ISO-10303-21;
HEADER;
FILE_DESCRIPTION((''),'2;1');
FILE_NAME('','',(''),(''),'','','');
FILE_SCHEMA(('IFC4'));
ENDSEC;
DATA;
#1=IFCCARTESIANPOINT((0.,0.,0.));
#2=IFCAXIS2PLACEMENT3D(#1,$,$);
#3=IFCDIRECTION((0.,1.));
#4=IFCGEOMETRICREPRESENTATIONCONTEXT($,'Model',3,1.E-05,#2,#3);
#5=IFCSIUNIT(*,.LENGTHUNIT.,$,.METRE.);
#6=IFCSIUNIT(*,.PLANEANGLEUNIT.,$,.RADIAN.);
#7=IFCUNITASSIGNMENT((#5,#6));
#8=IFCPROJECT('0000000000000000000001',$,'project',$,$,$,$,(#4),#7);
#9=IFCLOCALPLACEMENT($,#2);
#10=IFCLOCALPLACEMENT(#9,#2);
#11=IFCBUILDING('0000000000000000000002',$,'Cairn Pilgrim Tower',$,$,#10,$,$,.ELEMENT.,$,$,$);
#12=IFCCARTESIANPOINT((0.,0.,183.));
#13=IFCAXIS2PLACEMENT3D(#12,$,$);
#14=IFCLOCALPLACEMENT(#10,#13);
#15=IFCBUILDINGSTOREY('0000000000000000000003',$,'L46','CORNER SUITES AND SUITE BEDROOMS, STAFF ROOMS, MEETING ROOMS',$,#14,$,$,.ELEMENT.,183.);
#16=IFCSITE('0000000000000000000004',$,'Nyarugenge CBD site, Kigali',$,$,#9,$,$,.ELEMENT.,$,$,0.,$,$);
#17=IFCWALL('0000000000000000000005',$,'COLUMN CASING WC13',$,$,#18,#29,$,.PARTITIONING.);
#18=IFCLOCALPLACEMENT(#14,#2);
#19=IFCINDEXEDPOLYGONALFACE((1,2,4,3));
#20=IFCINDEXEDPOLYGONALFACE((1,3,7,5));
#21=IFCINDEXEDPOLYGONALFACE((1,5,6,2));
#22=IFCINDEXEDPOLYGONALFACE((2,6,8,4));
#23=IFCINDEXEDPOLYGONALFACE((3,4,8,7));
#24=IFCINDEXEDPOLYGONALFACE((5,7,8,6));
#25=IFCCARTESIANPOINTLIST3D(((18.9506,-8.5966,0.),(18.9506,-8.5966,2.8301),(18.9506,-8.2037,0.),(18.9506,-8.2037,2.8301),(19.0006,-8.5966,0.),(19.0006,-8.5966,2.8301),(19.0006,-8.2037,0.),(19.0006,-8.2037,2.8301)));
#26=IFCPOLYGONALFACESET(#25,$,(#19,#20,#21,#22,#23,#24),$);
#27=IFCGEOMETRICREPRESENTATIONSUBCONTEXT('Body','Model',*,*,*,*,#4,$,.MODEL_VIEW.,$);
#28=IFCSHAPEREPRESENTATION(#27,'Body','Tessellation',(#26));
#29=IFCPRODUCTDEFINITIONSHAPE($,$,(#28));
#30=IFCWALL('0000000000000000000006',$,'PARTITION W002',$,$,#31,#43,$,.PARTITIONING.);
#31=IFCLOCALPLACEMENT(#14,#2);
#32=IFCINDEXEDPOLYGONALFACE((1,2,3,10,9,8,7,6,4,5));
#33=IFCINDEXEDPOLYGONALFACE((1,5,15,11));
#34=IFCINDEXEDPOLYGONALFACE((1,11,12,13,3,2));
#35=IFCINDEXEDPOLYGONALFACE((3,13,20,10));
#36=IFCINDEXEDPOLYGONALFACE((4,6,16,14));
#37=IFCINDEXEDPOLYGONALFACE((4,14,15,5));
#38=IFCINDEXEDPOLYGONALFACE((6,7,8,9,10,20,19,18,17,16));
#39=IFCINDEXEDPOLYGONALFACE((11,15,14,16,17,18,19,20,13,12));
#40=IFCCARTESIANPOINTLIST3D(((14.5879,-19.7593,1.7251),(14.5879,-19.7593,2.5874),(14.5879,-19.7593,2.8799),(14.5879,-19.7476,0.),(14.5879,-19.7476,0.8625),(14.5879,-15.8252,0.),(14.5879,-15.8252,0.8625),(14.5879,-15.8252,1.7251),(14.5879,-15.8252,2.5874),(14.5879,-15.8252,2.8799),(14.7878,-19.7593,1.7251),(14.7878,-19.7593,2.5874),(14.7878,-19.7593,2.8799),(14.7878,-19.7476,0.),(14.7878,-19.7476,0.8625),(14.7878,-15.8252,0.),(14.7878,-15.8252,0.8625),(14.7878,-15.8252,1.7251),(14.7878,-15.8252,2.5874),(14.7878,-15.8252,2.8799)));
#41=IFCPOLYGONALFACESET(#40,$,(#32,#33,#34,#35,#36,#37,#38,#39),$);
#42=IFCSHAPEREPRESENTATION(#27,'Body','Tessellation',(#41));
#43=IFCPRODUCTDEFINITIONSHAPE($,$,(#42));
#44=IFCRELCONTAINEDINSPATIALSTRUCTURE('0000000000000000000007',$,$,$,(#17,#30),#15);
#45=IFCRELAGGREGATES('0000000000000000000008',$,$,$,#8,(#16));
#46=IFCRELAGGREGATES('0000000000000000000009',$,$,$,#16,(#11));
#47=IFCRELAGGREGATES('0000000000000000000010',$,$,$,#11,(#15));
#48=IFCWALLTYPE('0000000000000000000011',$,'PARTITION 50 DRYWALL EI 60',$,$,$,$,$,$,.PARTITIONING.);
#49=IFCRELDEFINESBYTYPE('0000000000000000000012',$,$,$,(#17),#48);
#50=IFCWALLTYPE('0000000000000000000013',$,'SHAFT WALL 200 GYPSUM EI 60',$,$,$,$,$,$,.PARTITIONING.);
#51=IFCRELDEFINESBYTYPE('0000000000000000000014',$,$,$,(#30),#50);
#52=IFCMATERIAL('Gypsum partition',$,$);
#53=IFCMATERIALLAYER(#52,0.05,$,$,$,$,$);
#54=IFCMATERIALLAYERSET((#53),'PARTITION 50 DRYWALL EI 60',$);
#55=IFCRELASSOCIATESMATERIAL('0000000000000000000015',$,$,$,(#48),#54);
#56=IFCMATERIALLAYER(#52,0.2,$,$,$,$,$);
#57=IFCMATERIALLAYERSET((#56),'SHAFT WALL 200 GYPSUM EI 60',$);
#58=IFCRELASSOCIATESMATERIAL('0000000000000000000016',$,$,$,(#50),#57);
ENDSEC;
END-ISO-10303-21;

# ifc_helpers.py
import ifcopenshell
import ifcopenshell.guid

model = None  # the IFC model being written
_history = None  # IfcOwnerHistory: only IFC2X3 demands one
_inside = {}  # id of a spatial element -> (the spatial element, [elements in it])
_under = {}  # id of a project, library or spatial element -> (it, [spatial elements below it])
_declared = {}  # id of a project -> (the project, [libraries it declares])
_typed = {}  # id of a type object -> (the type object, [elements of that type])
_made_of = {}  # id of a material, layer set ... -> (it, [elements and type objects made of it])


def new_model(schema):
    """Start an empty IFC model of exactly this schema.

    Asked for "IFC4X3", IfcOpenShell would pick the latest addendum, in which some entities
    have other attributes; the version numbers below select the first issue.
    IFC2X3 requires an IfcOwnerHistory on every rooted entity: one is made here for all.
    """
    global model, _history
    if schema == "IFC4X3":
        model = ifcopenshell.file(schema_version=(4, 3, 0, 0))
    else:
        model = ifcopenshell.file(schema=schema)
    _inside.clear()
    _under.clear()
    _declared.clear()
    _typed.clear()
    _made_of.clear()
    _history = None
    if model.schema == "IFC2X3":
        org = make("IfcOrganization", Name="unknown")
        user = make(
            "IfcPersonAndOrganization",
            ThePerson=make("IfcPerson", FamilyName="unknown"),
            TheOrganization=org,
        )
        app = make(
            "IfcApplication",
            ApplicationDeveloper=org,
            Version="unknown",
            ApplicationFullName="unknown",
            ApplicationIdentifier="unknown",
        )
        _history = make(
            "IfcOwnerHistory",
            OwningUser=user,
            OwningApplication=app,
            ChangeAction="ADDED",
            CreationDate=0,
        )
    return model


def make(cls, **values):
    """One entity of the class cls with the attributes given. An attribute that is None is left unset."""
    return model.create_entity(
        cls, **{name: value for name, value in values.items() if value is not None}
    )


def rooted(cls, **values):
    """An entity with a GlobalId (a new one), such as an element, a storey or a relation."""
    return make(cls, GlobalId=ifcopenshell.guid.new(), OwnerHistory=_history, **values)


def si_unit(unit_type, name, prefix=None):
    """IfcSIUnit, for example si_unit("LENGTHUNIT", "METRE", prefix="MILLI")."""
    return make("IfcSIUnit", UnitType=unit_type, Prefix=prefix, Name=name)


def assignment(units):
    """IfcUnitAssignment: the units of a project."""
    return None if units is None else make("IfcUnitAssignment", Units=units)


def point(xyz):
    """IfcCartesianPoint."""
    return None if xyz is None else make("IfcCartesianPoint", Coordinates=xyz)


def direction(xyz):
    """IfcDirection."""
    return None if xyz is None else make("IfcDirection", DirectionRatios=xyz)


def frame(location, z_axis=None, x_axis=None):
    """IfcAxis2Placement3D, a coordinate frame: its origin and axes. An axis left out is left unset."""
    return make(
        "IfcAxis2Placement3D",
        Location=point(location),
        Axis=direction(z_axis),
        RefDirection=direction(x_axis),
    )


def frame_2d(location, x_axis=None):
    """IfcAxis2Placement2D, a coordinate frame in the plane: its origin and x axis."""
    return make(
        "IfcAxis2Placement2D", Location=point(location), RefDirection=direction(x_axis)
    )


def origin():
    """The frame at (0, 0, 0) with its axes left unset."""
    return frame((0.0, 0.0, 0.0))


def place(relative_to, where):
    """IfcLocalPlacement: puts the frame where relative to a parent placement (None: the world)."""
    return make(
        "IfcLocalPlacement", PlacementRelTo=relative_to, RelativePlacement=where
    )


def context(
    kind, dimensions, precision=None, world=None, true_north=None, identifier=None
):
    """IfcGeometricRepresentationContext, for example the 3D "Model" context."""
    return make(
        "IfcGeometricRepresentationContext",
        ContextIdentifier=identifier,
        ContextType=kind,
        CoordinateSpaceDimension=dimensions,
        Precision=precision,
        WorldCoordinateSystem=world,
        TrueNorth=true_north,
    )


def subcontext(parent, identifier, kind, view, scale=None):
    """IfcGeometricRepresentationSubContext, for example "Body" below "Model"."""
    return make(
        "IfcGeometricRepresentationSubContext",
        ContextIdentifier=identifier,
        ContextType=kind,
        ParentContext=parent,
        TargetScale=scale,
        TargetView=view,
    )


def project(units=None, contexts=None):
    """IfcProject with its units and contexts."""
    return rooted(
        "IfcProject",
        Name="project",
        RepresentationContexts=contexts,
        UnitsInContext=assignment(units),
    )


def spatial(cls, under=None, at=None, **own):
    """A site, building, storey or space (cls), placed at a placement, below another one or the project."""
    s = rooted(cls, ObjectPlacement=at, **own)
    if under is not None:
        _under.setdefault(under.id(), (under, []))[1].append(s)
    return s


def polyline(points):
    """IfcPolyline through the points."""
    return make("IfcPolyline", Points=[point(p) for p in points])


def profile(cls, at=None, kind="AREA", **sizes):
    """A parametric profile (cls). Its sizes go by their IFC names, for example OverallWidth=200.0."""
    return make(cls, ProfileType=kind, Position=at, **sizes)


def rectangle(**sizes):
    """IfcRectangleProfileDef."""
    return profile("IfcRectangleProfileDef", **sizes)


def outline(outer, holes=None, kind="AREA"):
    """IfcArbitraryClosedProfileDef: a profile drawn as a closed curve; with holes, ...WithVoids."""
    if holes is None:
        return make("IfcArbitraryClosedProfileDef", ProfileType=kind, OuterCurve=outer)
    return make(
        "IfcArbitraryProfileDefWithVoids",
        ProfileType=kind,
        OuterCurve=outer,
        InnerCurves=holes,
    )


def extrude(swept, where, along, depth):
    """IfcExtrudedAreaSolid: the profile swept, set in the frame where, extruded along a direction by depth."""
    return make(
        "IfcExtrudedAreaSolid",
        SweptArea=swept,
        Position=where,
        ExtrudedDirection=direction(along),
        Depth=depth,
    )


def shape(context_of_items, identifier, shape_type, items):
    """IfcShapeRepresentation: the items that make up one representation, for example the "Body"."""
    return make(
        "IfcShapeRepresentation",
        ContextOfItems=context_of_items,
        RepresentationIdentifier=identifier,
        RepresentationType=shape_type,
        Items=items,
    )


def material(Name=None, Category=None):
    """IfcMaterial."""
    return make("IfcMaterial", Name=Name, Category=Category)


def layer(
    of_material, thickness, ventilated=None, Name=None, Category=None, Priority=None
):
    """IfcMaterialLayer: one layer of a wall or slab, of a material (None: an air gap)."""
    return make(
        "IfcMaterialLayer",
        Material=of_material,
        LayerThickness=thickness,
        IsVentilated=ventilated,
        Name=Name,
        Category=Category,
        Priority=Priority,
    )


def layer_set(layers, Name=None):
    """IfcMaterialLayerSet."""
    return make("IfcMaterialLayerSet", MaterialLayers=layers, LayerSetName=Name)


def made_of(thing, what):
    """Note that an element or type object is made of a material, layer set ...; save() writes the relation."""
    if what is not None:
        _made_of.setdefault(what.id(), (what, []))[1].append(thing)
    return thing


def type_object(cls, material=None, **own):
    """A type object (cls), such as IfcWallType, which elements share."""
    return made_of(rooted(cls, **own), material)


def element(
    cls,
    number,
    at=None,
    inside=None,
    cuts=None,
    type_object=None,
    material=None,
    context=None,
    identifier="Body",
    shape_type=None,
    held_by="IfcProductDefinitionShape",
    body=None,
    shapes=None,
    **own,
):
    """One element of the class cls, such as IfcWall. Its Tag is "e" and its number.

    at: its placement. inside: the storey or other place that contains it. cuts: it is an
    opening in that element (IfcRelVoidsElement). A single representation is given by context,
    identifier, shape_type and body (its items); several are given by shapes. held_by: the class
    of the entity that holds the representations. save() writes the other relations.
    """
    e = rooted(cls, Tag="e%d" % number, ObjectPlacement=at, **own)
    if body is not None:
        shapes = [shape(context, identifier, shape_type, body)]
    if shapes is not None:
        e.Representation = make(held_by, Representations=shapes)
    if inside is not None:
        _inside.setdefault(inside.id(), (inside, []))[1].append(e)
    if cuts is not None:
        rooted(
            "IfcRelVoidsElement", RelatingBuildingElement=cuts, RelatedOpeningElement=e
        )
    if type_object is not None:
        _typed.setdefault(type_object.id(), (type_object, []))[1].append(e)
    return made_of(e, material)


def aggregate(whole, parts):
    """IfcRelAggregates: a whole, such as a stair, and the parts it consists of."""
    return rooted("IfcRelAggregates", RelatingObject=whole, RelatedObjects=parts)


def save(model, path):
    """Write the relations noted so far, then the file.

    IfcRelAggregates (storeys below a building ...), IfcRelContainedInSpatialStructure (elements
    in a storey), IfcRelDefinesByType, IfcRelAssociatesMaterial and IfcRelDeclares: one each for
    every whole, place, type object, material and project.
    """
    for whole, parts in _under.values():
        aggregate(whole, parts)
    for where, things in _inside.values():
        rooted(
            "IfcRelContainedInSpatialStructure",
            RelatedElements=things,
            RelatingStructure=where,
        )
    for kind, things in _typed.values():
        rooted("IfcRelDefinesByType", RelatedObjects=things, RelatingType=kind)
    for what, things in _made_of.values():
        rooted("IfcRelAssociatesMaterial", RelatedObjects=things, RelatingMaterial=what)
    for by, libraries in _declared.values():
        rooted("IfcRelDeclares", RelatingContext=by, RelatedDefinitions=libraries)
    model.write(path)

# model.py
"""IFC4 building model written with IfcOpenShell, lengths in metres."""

from ifc_helpers import new_model, si_unit, direction, frame, frame_2d, origin, place, context, subcontext, project, spatial, polyline, rectangle, outline, extrude, material, layer, layer_set, type_object, element, save


model = new_model("IFC4")

# Units and contexts
model_context = context("Model", 3, precision=1e-05, world=origin(), true_north=direction((0.0, 1.0)))
body_context = subcontext(model_context, "Body", "Model", "MODEL_VIEW")
ifc_project = project(units=[si_unit("LENGTHUNIT", "METRE"), si_unit("PLANEANGLEUNIT", "RADIAN")], contexts=[model_context])

# Site, building, storey
site_placement = place(None, origin())
site = spatial("IfcSite", under=ifc_project, at=site_placement, Name="Nyarugenge CBD site, Kigali", CompositionType="ELEMENT", RefElevation=0.0)
building_placement = place(site_placement, origin())
building = spatial("IfcBuilding", under=site, at=building_placement, Name="Cairn Pilgrim Tower", CompositionType="ELEMENT")
storey_placement = place(building_placement, frame((0.0, 0.0, 183.0)))
storey = spatial("IfcBuildingStorey", under=building, at=storey_placement, Name="L46", Description="CORNER SUITES AND SUITE BEDROOMS, STAFF ROOMS, MEETING ROOMS", CompositionType="ELEMENT", Elevation=183.0)

# Shared definitions
ifc_material_1 = material(Name="Gypsum partition")

# Walls
ifc_layer_1 = layer(ifc_material_1, 0.05)
ifc_layer_set_1 = layer_set([ifc_layer_1], Name="PARTITION 50 DRYWALL EI 60")
wall_type_1 = type_object("IfcWallType", Name="PARTITION 50 DRYWALL EI 60", PredefinedType="PARTITIONING", material=ifc_layer_set_1)
wall_1_placement = place(storey_placement, frame((18.9756, -8.5964, 0.0), z_axis=(0.0, 0.0, 1.0), x_axis=(0.0, 1.0, 0.0)))
element("IfcWall", 1, at=wall_1_placement, inside=storey, type_object=wall_type_1, Name="COLUMN CASING WC13", PredefinedType="PARTITIONING", context=body_context, shape_type="SweptSolid", body=[
    extrude(rectangle(XDim=0.3928, YDim=0.05, at=frame_2d((0.1963, 0.0))), origin(), (0.0, 0.0, 1.0), 2.8301),
])
ifc_layer_2 = layer(ifc_material_1, 0.2)
ifc_layer_set_2 = layer_set([ifc_layer_2], Name="SHAFT WALL 200 GYPSUM EI 60")
wall_type_2 = type_object("IfcWallType", Name="SHAFT WALL 200 GYPSUM EI 60", PredefinedType="PARTITIONING", material=ifc_layer_set_2)
wall_2_placement = place(storey_placement, frame((14.688, -19.7593, 0.0), z_axis=(0.0, 0.0, 1.0), x_axis=(0.0, 1.0, 0.0)))
element("IfcWall", 2, at=wall_2_placement, inside=storey, type_object=wall_type_2, Name="PARTITION W002", PredefinedType="PARTITIONING", context=body_context, shape_type="SweptSolid", body=[
    extrude(outline(polyline([(0.0117, 0.0), (3.9341, 0.0), (3.9341, 0.8625), (3.9341, 1.7251), (3.9341, 2.5874), (3.9341, 2.8799), (0.0, 2.8799), (0.0, 2.5874), (0.0, 1.7251), (0.0117, 0.8625), (0.0117, 0.0)])), frame((0.0, 0.1001, 0.0), z_axis=(0.0, -1.0, 0.0), x_axis=(1.0, 0.0, 0.0)), (0.0, 0.0, 1.0), 0.2),
])

save(model, "model.ifc")
